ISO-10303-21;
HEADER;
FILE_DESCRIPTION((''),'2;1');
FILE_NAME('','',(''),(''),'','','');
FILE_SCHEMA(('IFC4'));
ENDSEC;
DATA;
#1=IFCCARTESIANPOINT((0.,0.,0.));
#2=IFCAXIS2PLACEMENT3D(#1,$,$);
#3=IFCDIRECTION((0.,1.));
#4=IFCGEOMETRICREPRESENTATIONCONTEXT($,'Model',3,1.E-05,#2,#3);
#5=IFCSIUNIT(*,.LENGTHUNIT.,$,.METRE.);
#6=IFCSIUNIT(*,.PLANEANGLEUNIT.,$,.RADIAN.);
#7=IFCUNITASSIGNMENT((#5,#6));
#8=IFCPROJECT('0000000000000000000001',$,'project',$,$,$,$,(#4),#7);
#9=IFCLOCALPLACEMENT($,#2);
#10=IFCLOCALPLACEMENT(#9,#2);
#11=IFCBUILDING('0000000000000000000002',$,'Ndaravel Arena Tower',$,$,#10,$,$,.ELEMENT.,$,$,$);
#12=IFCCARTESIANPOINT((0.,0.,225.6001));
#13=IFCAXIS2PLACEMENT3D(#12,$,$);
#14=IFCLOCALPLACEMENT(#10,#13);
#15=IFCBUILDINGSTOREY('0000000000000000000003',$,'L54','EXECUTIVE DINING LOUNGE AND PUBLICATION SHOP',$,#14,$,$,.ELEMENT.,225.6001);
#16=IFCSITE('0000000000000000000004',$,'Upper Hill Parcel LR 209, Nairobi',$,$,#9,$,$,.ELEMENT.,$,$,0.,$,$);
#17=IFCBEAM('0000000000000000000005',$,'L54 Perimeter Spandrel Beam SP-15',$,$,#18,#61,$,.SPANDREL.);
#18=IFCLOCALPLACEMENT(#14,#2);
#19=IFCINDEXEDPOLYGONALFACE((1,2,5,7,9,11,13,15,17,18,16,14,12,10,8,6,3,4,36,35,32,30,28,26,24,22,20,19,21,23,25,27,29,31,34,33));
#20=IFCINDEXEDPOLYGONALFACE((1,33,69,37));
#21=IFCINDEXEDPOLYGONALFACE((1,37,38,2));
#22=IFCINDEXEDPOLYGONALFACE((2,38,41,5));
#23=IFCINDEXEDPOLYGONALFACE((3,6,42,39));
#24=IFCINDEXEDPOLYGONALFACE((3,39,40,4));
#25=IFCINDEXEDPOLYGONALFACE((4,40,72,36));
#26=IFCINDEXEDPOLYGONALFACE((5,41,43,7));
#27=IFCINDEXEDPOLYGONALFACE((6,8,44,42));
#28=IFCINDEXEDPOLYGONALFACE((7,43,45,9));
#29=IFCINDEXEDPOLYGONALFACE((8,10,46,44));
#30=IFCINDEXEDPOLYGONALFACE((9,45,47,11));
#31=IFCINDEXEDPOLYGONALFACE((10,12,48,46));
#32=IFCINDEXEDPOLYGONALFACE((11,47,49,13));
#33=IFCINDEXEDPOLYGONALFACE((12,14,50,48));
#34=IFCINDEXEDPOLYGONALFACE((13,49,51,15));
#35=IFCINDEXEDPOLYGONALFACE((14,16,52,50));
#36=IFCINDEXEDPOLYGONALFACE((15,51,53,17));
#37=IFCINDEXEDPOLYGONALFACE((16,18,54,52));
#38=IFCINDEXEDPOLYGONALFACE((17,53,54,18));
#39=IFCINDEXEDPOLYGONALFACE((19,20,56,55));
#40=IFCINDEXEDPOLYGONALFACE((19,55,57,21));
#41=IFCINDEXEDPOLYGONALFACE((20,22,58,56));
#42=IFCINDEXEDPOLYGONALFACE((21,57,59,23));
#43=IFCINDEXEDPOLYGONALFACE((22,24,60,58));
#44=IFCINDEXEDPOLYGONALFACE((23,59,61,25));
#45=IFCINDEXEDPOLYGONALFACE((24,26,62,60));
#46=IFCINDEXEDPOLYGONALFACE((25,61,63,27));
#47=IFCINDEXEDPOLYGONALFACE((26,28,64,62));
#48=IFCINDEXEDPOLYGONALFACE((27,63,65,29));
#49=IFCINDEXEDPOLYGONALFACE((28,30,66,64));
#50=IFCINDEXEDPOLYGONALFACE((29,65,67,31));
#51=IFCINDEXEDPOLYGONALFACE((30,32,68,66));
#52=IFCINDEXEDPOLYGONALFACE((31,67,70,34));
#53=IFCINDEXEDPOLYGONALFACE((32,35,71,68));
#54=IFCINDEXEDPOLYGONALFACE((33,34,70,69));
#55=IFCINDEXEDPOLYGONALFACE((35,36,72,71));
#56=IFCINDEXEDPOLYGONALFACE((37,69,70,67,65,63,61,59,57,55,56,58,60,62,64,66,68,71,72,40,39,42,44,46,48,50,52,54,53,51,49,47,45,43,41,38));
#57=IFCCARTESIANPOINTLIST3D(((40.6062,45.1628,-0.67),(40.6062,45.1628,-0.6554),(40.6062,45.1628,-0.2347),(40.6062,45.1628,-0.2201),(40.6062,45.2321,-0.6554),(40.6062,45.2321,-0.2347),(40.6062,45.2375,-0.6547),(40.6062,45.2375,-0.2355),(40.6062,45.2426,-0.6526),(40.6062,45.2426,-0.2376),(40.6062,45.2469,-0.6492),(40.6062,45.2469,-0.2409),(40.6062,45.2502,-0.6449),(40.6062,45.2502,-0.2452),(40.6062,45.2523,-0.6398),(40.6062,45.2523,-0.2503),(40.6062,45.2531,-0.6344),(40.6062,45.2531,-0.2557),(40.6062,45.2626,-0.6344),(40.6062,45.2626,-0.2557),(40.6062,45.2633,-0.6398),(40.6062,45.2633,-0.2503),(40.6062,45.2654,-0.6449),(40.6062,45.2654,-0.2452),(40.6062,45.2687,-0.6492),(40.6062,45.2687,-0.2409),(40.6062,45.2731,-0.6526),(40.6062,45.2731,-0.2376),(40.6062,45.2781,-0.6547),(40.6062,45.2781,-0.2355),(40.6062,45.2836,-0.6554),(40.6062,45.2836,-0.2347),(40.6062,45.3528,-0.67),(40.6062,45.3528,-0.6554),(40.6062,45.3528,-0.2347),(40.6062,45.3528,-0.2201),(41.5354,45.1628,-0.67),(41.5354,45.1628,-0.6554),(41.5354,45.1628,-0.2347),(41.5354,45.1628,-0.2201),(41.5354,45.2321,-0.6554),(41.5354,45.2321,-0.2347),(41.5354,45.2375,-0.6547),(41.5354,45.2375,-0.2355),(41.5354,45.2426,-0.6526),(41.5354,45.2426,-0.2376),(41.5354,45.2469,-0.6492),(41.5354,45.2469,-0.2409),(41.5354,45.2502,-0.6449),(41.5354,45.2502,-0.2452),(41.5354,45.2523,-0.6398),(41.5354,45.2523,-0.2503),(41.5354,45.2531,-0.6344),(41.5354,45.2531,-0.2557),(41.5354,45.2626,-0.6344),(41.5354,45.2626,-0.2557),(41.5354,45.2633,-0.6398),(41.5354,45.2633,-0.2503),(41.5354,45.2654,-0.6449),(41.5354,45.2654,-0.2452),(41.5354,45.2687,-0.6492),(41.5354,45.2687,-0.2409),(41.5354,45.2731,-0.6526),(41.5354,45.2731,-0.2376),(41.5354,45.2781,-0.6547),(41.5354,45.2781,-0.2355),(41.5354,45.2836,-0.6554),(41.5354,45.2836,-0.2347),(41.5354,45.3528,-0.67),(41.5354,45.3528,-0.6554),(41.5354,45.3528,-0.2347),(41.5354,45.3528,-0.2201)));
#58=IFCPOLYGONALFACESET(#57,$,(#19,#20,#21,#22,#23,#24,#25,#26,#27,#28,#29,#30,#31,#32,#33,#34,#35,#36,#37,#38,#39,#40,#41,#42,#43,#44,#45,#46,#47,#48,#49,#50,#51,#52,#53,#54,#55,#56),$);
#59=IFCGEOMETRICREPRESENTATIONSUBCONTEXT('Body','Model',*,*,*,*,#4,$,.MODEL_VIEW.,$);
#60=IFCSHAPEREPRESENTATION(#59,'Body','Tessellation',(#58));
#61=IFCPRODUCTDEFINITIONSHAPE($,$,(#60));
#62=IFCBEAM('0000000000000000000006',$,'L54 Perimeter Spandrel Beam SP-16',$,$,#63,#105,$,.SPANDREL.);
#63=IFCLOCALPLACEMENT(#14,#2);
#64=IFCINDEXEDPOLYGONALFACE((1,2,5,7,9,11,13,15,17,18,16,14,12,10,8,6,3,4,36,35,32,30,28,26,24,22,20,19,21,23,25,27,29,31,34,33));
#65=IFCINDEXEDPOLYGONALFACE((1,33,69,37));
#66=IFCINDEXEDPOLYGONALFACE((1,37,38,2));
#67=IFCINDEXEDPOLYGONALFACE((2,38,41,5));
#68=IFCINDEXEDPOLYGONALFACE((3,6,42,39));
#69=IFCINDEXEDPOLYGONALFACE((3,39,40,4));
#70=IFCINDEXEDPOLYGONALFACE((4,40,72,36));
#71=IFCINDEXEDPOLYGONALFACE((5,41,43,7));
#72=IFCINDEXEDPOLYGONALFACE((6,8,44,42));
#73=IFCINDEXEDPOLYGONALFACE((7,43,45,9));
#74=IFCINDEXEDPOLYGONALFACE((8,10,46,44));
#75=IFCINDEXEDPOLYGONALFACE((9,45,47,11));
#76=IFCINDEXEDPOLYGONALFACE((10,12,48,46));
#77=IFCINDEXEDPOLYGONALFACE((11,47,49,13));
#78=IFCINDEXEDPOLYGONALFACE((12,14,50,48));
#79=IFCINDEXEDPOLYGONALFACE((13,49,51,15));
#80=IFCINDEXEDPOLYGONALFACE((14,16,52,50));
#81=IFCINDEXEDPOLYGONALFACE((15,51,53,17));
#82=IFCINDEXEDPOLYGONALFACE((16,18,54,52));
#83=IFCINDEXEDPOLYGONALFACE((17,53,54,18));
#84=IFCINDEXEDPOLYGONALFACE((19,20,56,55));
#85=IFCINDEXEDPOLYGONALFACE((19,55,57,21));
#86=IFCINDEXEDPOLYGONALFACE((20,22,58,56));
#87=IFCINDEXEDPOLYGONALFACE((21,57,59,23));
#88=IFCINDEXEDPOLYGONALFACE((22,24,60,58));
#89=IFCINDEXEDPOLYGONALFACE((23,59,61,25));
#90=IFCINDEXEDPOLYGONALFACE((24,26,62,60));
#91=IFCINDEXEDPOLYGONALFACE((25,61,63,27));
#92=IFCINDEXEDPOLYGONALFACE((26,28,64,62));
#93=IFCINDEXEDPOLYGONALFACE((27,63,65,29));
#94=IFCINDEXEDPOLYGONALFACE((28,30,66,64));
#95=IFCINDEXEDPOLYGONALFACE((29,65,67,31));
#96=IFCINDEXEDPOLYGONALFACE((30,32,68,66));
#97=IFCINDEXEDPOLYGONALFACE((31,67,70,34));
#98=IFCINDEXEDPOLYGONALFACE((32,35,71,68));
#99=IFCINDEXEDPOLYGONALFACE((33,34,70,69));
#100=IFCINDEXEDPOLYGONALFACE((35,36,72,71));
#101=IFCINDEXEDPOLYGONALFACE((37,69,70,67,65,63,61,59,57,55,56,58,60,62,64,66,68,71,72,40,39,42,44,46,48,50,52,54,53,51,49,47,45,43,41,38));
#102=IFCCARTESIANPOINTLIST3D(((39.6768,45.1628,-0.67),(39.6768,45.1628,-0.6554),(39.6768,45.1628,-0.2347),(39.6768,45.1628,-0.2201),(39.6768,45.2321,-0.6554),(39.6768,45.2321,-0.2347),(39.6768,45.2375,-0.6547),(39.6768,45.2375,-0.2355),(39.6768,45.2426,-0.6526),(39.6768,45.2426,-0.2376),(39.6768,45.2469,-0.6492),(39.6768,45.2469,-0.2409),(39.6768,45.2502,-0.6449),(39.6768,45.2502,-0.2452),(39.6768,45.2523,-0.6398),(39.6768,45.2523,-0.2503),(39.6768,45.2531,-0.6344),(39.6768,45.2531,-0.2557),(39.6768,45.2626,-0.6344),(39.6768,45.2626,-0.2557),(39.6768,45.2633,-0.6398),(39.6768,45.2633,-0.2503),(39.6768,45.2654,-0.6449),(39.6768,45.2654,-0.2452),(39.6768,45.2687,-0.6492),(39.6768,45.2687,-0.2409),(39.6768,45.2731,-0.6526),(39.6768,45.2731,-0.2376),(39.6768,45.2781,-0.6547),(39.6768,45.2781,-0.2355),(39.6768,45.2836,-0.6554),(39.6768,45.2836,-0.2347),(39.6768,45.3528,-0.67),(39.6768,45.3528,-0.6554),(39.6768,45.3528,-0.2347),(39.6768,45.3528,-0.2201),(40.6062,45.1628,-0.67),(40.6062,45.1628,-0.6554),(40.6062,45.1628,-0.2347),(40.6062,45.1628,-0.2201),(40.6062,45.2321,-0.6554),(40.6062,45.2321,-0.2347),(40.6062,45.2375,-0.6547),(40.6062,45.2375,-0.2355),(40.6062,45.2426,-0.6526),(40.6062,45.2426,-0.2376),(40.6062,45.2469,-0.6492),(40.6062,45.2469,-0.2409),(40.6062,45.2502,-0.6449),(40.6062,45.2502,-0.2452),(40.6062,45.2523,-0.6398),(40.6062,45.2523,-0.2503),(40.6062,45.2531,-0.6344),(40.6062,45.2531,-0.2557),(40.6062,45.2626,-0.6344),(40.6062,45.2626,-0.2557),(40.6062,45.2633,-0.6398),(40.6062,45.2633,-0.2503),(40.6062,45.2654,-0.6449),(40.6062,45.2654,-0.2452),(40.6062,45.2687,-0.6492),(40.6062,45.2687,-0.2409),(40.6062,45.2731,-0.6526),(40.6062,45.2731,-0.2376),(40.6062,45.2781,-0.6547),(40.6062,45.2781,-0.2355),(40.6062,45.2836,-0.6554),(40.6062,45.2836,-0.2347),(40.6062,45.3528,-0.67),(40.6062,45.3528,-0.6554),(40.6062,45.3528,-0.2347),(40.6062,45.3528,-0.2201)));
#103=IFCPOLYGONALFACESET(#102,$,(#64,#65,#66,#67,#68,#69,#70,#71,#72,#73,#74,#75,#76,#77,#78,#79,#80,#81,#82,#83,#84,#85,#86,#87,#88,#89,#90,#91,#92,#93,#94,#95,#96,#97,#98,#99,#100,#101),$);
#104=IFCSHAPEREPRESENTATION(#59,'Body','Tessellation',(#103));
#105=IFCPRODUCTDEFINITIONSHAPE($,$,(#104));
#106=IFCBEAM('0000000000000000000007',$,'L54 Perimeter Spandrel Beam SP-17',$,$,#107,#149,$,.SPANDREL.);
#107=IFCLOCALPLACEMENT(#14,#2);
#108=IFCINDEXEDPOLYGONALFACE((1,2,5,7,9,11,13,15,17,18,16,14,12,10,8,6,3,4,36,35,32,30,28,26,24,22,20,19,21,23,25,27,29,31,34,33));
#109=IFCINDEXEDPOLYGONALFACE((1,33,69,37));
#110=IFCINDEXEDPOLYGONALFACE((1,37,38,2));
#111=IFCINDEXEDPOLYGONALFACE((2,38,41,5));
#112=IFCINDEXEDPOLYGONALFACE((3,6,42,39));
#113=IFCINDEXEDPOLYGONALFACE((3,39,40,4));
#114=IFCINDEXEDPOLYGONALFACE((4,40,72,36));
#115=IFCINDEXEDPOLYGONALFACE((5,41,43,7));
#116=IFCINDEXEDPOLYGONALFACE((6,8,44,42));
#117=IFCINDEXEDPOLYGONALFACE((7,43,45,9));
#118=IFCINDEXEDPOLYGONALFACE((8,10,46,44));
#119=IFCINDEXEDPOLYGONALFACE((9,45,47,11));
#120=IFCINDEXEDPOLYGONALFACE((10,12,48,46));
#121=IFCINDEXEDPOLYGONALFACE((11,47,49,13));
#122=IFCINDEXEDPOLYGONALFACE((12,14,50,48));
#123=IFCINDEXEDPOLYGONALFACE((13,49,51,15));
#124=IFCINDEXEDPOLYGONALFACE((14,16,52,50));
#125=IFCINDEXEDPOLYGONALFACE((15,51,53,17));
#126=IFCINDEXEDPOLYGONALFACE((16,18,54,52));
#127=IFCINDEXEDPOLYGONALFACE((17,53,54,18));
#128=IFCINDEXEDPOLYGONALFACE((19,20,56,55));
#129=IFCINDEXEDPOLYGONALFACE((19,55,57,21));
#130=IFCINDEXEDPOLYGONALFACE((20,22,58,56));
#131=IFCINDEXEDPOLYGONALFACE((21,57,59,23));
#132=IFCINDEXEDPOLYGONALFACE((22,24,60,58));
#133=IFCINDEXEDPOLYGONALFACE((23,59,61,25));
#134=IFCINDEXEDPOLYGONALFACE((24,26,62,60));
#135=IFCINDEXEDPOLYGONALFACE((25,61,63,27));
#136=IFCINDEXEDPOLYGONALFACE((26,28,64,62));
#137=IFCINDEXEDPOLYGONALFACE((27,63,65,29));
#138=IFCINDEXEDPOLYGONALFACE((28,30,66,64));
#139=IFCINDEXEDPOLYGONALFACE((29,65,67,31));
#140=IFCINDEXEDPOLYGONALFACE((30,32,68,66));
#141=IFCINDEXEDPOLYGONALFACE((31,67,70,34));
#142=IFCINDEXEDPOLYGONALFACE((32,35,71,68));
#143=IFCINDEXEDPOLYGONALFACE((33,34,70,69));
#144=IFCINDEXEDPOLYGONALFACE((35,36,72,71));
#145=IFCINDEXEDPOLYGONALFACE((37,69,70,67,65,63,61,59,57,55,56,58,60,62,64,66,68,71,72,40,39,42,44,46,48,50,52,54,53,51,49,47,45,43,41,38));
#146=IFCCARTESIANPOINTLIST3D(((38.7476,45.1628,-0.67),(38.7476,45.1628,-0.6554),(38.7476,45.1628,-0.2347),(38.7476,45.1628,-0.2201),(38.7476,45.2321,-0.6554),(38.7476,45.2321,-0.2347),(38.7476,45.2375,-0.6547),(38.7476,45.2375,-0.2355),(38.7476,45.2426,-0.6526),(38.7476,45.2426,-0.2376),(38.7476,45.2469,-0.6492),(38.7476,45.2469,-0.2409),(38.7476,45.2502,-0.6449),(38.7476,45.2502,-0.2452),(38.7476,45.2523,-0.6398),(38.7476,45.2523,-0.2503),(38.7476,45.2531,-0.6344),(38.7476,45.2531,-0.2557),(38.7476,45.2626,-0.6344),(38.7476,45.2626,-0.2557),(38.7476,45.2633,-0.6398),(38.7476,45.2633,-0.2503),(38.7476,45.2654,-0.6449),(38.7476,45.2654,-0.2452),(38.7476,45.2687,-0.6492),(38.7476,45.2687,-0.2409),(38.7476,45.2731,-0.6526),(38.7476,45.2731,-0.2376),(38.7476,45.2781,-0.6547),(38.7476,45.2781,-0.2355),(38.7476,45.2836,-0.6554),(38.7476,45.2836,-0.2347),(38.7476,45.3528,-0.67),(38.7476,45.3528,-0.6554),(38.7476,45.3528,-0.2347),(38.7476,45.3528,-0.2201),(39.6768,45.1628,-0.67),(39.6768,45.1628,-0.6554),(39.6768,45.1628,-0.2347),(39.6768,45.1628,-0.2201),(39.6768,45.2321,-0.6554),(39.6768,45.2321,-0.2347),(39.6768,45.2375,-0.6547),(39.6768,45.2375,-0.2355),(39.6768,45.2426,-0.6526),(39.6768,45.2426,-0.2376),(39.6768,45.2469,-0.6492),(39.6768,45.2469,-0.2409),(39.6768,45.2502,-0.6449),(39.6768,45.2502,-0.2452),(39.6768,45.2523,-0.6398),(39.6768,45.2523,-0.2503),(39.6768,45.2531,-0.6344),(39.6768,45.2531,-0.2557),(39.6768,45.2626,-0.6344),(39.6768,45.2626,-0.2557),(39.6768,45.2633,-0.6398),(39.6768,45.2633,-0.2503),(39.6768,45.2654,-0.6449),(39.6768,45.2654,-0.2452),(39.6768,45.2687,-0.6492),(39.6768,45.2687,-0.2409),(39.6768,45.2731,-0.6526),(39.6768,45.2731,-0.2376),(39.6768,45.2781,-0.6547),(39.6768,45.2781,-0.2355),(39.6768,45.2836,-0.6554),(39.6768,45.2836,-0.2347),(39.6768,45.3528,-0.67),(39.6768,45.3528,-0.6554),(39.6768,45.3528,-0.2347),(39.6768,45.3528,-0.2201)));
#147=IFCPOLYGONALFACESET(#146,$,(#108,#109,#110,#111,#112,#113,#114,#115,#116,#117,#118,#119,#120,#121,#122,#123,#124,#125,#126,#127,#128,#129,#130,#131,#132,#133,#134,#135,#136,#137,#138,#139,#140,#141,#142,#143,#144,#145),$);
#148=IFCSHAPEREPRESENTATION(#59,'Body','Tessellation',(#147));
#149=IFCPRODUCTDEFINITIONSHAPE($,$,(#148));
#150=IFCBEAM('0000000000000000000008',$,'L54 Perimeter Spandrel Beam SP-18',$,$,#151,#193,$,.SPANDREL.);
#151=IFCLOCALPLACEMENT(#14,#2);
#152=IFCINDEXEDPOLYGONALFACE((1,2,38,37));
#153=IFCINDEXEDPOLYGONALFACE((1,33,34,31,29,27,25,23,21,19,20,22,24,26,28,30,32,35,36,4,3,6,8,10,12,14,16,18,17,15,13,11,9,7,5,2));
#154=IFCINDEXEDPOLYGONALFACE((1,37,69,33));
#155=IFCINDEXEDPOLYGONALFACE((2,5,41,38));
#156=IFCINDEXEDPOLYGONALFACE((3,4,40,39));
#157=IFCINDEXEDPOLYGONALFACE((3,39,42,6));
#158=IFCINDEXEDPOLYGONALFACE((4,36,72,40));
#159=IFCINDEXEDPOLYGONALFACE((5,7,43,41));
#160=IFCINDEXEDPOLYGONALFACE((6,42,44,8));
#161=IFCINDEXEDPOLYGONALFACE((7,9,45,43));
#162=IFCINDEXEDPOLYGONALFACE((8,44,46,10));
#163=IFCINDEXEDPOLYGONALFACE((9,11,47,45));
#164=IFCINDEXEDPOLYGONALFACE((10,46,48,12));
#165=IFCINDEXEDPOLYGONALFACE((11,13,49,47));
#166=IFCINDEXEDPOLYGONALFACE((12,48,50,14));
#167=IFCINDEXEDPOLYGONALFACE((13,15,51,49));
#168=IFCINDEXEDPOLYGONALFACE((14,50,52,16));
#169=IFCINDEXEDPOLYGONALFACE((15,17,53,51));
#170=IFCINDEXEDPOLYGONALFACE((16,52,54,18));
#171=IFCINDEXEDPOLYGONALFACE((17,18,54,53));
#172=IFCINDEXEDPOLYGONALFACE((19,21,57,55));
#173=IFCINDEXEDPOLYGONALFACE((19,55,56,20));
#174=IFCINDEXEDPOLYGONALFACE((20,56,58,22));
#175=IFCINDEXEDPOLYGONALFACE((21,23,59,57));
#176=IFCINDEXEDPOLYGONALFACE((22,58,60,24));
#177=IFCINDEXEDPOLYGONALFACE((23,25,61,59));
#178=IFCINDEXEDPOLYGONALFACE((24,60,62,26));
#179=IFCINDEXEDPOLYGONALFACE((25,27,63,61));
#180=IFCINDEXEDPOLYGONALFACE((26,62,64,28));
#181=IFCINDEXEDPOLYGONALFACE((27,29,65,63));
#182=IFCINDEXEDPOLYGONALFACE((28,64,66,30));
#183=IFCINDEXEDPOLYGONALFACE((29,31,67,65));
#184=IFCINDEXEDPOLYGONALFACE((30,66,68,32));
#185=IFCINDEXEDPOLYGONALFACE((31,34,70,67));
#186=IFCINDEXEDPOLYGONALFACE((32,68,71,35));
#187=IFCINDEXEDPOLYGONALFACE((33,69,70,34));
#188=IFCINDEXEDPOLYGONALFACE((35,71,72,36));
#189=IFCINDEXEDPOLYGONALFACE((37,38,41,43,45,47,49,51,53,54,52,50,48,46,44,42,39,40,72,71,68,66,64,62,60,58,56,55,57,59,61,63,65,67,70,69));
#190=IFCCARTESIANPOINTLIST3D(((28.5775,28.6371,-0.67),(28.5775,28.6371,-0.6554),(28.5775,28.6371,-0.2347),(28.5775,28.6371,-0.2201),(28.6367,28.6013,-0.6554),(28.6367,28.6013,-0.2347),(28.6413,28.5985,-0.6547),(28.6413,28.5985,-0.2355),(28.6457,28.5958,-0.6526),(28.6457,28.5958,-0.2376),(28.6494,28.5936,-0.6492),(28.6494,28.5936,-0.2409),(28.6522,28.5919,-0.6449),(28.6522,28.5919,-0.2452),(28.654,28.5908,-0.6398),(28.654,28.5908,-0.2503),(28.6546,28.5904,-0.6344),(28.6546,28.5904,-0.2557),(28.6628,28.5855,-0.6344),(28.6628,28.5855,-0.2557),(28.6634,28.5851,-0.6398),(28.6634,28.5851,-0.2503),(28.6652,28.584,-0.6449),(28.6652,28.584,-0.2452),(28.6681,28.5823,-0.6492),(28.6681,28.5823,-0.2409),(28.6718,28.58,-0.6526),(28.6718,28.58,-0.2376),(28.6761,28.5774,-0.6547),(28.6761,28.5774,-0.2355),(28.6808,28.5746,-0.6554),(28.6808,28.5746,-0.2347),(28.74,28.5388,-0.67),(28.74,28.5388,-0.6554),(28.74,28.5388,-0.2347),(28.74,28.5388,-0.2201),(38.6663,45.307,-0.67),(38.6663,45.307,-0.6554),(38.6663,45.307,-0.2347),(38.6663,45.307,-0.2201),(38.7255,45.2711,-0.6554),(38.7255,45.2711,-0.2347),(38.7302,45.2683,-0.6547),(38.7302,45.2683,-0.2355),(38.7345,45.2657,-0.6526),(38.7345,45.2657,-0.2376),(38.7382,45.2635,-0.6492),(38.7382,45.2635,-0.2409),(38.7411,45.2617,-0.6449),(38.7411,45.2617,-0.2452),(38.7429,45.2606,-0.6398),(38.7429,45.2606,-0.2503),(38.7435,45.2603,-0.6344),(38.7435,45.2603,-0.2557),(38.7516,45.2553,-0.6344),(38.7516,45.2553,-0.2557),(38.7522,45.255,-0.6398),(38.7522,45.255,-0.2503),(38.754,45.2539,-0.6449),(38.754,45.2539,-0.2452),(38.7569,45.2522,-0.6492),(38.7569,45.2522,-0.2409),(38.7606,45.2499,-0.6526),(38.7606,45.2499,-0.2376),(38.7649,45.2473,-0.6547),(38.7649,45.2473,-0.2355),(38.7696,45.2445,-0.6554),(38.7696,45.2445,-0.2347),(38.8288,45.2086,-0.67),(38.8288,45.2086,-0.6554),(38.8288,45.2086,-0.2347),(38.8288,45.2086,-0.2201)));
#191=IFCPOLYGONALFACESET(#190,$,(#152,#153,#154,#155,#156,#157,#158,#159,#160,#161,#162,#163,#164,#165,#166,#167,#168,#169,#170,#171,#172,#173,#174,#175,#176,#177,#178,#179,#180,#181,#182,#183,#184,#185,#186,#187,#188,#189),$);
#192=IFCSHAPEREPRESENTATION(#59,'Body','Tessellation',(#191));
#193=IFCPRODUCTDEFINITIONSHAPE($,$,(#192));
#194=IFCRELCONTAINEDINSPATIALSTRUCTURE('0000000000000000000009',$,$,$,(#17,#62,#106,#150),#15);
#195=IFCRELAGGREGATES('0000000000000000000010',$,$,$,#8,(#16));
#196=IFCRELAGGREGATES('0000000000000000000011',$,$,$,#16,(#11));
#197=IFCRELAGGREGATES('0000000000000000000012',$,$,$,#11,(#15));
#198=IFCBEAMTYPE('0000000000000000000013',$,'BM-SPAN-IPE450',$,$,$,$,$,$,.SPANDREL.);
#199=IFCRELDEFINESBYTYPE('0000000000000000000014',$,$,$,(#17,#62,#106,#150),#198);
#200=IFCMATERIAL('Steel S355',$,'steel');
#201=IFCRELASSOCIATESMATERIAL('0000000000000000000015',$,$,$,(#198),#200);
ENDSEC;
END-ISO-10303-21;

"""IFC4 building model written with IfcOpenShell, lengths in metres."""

from ifc_helpers import new_model, si_unit, direction, frame, origin, origin_2d, place, context, subcontext, project, spatial, i_section, extrude, material, material_profile, profile_set, type_object, element, save


model = new_model("IFC4")

# Units and contexts
model_context = context("Model", 3, precision=1e-05, world=origin(), true_north=direction((0.0, 1.0)))
body_context = subcontext(model_context, "Body", "Model", "MODEL_VIEW")
ifc_project = project(units=[si_unit("LENGTHUNIT", "METRE"), si_unit("PLANEANGLEUNIT", "RADIAN")], contexts=[model_context])

# Site, building, storey
site_placement = place(None, origin())
site = spatial("IfcSite", under=ifc_project, at=site_placement, Name="Upper Hill Parcel LR 209, Nairobi", CompositionType="ELEMENT", RefElevation=0.0)
building_placement = place(site_placement, origin())
building = spatial("IfcBuilding", under=site, at=building_placement, Name="Ndaravel Arena Tower", CompositionType="ELEMENT")
storey_placement = place(building_placement, frame((0.0, 0.0, 225.6001)))
storey = spatial("IfcBuildingStorey", under=building, at=storey_placement, Name="L54", Description="EXECUTIVE DINING LOUNGE AND PUBLICATION SHOP", CompositionType="ELEMENT", Elevation=225.6001)

# Beams
ifc_material_1 = material(Name="Steel S355", Category="steel")
ifc_material_profile_1 = material_profile(ifc_material_1, i_section(OverallWidth=0.1899, OverallDepth=0.45, WebThickness=0.0095, FlangeThickness=0.0146, FilletRadius=0.021, at=origin_2d()), Name="IPE 450")
ifc_profile_set_1 = profile_set([ifc_material_profile_1], Name="Steel S355")
beam_type_1 = type_object("IfcBeamType", Name="BM-SPAN-IPE450", PredefinedType="SPANDREL", material=ifc_profile_set_1)
beam_1_placement = place(storey_placement, frame((41.5354, 45.2578, -0.4451), z_axis=(-1.0, 0.0, 0.0), x_axis=(0.0, -1.0, 0.0)))
element("IfcBeam", 1, at=beam_1_placement, inside=storey, type_object=beam_type_1, Name="L54 Perimeter Spandrel Beam SP-15", PredefinedType="SPANDREL", context=body_context, shape_type="SweptSolid", body=[
    extrude(i_section(OverallWidth=0.1899, OverallDepth=0.45, WebThickness=0.0095, FlangeThickness=0.0146, FilletRadius=0.021, at=origin_2d()), origin(), (0.0, 0.0, 1.0), 0.9292),
])
beam_2_placement = place(storey_placement, frame((40.6062, 45.2578, -0.4451), z_axis=(-1.0, 0.0, 0.0), x_axis=(0.0, -1.0, 0.0)))
element("IfcBeam", 2, at=beam_2_placement, inside=storey, type_object=beam_type_1, Name="L54 Perimeter Spandrel Beam SP-16", PredefinedType="SPANDREL", context=body_context, shape_type="SweptSolid", body=[
    extrude(i_section(OverallWidth=0.1899, OverallDepth=0.45, WebThickness=0.0095, FlangeThickness=0.0146, FilletRadius=0.021, at=origin_2d()), origin(), (0.0, 0.0, 1.0), 0.9294),
])
beam_3_placement = place(storey_placement, frame((39.6768, 45.2578, -0.4451), z_axis=(-1.0, 0.0, 0.0), x_axis=(0.0, -1.0, 0.0)))
element("IfcBeam", 3, at=beam_3_placement, inside=storey, type_object=beam_type_1, Name="L54 Perimeter Spandrel Beam SP-17", PredefinedType="SPANDREL", context=body_context, shape_type="SweptSolid", body=[
    extrude(i_section(OverallWidth=0.1899, OverallDepth=0.45, WebThickness=0.0095, FlangeThickness=0.0146, FilletRadius=0.021, at=origin_2d()), origin(), (0.0, 0.0, 1.0), 0.9292),
])
for number, where, z_axis, x_axis, name in (
    (4, (38.7476, 45.2578, -0.4451), (-0.517772, -0.855519, 0.0), (0.855519, -0.517772, 0.0), "L54 Perimeter Spandrel Beam SP-18"),
):
    element("IfcBeam", number, at=place(storey_placement, frame(where, z_axis=z_axis, x_axis=x_axis)), inside=storey, type_object=beam_type_1, Name=name, PredefinedType="SPANDREL", context=body_context, shape_type="SweptSolid", body=[
        extrude(i_section(OverallWidth=0.1899, OverallDepth=0.45, WebThickness=0.0095, FlangeThickness=0.0146, FilletRadius=0.021, at=origin_2d()), origin(), (0.0, 0.0, 1.0), 19.4851),
    ])

save(model, "model.ifc")
